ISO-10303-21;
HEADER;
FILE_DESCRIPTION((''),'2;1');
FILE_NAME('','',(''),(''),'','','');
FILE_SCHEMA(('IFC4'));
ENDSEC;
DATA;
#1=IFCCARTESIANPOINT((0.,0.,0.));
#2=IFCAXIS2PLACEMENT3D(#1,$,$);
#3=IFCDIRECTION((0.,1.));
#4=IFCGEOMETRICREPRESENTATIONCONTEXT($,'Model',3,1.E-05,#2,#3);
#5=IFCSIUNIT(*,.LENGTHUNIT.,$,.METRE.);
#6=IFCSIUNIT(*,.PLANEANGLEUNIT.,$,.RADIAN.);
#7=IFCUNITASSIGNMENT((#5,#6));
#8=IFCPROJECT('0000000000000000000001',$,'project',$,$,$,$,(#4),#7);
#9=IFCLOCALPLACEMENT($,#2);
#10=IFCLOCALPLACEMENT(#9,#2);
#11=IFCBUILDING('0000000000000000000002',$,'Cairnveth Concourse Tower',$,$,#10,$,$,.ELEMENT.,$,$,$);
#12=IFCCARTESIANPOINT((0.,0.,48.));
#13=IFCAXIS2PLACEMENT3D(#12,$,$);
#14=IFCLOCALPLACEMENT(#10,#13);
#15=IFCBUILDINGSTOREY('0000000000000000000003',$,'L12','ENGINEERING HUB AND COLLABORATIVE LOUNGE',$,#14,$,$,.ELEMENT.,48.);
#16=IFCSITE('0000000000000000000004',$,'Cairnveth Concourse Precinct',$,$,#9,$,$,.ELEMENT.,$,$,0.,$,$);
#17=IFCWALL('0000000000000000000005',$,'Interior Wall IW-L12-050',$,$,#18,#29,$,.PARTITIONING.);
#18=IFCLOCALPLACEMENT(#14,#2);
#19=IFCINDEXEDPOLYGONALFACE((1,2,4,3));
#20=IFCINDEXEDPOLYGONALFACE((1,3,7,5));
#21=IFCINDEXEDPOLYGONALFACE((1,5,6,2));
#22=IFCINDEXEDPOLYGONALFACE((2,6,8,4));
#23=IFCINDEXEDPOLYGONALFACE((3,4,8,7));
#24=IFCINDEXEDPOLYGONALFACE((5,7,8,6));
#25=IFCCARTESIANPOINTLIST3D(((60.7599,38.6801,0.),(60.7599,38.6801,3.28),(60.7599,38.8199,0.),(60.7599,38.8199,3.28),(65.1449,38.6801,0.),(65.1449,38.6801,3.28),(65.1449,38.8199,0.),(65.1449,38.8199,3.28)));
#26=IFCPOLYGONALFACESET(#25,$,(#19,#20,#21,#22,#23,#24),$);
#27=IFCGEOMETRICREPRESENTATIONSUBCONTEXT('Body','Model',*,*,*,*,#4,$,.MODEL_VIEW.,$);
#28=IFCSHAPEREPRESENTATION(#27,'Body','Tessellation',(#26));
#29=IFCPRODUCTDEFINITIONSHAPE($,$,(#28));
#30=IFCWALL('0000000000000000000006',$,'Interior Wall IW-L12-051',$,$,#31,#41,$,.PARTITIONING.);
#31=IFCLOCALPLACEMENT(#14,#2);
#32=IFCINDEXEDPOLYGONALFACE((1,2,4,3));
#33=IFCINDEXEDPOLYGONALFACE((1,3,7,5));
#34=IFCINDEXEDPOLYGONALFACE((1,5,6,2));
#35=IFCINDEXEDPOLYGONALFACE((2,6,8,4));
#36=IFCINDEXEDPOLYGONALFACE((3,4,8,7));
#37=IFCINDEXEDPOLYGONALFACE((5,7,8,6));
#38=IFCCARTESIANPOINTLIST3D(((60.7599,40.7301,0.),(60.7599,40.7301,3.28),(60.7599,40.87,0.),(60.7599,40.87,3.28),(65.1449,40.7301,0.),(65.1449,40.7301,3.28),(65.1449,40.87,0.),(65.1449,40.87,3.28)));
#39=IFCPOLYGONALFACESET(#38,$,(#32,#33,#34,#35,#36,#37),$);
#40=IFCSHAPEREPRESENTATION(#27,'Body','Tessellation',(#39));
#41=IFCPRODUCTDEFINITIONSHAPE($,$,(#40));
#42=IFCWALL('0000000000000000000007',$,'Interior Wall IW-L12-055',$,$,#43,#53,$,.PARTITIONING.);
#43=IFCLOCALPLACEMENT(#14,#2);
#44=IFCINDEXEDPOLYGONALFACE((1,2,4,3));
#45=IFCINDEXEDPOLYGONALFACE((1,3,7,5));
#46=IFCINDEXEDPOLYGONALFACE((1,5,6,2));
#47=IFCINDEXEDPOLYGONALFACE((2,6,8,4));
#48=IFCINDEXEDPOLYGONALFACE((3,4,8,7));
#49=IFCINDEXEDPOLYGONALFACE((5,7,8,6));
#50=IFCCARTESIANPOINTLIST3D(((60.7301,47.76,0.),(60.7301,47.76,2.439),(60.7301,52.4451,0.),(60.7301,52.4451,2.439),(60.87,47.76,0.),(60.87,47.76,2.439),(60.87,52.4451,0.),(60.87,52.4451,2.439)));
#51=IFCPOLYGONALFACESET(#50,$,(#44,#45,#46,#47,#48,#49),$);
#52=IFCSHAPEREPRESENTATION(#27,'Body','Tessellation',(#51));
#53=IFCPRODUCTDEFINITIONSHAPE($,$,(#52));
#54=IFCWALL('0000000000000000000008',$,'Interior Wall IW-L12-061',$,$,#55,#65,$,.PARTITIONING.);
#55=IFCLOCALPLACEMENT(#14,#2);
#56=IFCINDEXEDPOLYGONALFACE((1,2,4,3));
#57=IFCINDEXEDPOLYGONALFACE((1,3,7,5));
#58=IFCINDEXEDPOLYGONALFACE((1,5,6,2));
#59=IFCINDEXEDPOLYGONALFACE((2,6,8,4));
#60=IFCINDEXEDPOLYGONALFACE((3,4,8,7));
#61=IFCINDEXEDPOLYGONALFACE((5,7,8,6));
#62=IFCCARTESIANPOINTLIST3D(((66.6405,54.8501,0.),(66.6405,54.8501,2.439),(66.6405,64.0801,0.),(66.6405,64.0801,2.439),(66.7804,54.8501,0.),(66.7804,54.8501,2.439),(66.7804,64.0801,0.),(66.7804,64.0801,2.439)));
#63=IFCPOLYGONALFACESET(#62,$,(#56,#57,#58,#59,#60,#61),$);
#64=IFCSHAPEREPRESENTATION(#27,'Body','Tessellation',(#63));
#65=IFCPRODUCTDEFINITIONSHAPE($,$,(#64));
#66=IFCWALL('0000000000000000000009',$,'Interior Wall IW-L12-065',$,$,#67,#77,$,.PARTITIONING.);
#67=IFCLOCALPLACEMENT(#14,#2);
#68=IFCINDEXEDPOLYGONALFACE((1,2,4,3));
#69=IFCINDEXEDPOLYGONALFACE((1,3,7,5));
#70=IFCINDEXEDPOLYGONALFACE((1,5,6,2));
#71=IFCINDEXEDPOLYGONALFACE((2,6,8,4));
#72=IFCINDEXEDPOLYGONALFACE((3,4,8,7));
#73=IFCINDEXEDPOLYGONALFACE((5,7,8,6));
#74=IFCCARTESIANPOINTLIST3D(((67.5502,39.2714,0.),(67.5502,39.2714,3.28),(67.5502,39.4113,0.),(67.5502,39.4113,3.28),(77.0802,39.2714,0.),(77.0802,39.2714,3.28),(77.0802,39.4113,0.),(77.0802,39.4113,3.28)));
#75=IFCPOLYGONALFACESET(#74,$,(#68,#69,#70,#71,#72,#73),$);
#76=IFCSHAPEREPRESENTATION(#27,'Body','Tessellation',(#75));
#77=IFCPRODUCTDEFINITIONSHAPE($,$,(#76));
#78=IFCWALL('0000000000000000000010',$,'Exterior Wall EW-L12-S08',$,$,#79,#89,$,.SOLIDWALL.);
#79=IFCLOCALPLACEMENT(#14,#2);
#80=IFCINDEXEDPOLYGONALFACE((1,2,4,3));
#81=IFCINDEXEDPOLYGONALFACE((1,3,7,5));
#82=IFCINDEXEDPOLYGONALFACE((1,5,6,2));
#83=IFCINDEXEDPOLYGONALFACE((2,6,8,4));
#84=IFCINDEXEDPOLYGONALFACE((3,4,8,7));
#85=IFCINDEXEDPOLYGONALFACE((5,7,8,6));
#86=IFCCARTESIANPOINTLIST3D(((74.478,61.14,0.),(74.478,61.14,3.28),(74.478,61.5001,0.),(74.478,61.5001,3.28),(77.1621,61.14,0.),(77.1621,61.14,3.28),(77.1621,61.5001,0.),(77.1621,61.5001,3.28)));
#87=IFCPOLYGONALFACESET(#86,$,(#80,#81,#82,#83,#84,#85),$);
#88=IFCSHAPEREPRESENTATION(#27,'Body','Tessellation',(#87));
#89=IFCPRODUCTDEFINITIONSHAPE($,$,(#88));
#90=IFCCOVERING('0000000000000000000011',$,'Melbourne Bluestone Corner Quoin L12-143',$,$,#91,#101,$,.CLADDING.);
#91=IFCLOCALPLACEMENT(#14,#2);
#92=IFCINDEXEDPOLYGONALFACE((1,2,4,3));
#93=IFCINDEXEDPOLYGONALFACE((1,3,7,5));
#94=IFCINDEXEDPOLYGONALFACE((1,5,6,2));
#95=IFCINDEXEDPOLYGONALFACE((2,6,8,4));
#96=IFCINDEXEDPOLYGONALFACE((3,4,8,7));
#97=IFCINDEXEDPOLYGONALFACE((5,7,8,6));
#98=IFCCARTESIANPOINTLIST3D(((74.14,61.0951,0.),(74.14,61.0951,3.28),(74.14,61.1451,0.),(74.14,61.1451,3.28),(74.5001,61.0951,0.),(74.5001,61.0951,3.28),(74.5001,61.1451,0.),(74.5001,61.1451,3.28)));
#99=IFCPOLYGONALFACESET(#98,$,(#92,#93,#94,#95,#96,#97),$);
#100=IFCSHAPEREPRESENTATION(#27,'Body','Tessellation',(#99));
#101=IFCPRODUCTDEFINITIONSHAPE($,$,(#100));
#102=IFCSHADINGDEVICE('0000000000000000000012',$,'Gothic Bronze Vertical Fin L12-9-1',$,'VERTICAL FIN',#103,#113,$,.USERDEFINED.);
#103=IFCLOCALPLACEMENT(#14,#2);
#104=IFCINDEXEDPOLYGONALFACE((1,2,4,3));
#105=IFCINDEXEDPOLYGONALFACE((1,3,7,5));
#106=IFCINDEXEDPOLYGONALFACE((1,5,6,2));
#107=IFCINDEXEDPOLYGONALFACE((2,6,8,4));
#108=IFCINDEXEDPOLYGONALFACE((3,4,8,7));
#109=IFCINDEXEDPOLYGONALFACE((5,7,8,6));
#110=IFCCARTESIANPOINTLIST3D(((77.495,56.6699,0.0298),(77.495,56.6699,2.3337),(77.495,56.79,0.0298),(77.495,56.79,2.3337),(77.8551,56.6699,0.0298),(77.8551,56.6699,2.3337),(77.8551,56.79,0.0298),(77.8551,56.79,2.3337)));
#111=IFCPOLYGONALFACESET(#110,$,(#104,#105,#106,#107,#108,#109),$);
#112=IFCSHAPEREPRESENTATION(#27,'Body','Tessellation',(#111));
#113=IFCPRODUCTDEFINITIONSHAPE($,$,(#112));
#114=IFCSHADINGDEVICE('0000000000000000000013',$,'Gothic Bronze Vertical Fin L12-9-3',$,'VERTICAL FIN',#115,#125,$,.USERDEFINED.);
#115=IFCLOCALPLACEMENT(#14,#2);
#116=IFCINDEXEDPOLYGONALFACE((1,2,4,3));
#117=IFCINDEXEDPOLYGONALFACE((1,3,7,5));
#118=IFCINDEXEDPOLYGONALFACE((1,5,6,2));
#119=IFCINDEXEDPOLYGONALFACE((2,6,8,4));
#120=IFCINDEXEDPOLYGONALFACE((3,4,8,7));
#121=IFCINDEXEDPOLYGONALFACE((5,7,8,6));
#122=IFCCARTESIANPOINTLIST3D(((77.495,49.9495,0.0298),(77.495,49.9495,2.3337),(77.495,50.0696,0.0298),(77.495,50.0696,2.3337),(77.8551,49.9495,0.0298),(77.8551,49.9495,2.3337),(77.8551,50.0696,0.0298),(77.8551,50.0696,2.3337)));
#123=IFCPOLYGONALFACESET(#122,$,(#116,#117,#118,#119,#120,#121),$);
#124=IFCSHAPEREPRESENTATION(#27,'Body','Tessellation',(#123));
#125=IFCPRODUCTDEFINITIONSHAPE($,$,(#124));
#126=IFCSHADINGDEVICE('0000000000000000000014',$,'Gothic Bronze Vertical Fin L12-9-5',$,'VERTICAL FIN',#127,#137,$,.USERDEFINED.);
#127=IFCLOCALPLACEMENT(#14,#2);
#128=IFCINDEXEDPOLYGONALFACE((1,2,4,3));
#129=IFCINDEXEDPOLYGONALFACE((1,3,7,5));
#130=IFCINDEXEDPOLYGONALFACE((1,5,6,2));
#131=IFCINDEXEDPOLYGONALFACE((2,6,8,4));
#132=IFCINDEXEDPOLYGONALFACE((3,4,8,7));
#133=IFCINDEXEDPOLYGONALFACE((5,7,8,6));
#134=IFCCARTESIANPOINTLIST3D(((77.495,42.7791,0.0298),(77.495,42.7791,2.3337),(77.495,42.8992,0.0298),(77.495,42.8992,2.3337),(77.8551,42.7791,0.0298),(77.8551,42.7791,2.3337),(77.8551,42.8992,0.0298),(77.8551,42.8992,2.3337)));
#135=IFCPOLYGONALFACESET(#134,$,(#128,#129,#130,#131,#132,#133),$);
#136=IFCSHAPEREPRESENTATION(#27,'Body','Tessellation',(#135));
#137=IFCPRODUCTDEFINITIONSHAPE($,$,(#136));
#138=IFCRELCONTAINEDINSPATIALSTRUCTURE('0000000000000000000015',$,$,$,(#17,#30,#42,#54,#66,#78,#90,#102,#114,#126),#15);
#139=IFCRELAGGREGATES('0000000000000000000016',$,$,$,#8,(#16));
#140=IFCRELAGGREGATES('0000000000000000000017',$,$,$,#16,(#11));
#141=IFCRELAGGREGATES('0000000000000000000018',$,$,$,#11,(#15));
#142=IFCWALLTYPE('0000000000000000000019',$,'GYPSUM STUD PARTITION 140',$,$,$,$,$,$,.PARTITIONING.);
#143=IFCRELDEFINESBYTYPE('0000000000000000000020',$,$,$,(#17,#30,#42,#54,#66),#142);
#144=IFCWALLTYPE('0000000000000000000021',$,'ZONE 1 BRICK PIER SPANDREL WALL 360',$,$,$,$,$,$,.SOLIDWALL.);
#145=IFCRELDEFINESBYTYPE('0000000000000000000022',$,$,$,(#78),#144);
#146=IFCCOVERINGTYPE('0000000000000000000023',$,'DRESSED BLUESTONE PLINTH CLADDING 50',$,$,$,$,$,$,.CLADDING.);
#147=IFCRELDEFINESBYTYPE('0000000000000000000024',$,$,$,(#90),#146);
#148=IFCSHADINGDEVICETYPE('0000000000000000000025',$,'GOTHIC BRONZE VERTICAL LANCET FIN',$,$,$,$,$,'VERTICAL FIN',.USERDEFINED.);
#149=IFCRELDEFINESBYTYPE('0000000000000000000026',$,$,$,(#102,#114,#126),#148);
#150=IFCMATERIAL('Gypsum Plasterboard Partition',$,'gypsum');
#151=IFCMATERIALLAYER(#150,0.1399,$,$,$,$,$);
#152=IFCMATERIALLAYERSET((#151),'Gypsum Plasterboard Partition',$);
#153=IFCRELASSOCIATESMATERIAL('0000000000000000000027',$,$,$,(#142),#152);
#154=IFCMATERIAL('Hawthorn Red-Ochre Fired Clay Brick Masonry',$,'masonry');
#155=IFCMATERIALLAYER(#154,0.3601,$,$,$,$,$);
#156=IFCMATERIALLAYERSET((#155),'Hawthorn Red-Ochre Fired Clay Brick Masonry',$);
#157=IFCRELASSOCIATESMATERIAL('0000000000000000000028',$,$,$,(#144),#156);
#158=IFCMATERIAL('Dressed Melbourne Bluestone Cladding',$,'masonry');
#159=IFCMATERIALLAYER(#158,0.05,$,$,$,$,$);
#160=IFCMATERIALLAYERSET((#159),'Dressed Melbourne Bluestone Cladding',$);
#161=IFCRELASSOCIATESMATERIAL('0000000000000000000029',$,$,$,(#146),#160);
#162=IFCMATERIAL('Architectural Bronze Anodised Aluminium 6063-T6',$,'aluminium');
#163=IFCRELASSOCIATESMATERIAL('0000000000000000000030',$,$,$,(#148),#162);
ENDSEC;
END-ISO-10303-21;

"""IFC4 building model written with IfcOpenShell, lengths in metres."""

from ifc_helpers import new_model, si_unit, direction, frame, frame_2d, origin, origin_2d, place, context, subcontext, project, spatial, rectangle, extrude, material, layer, layer_set, type_object, element, save


model = new_model("IFC4")

# Units and contexts
model_context = context("Model", 3, precision=1e-05, world=origin(), true_north=direction((0.0, 1.0)))
body_context = subcontext(model_context, "Body", "Model", "MODEL_VIEW")
ifc_project = project(units=[si_unit("LENGTHUNIT", "METRE"), si_unit("PLANEANGLEUNIT", "RADIAN")], contexts=[model_context])

# Site, building, storey
site_placement = place(None, origin())
site = spatial("IfcSite", under=ifc_project, at=site_placement, Name="Cairnveth Concourse Precinct", CompositionType="ELEMENT", RefElevation=0.0)
building_placement = place(site_placement, origin())
building = spatial("IfcBuilding", under=site, at=building_placement, Name="Cairnveth Concourse Tower", CompositionType="ELEMENT")
storey_placement = place(building_placement, frame((0.0, 0.0, 48.0)))
storey = spatial("IfcBuildingStorey", under=building, at=storey_placement, Name="L12", Description="ENGINEERING HUB AND COLLABORATIVE LOUNGE", CompositionType="ELEMENT", Elevation=48.0)

# Shared definitions
ifc_material_1 = material(Name="Gypsum Plasterboard Partition", Category="gypsum")
ifc_layer_1 = layer(ifc_material_1, 0.1399)
ifc_layer_set_1 = layer_set([ifc_layer_1], Name="Gypsum Plasterboard Partition")
wall_type_1 = type_object("IfcWallType", Name="GYPSUM STUD PARTITION 140", PredefinedType="PARTITIONING", material=ifc_layer_set_1)

# Walls
for number, where, z_axis, x_axis, name in (
    (1, (60.76, 38.75, 0.0), (0.0, 0.0, 1.0), (1.0, 0.0, 0.0), "Interior Wall IW-L12-050"),
    (2, (60.76, 40.8, 0.0), (0.0, 0.0, 1.0), (1.0, 0.0, 0.0), "Interior Wall IW-L12-051"),
):
    element("IfcWall", number, at=place(storey_placement, frame(where, z_axis=z_axis, x_axis=x_axis)), inside=storey, type_object=wall_type_1, Name=name, PredefinedType="PARTITIONING", context=body_context, shape_type="SweptSolid", body=[
        extrude(rectangle(XDim=4.385, YDim=0.1399, at=frame_2d((2.1924, 0.0))), origin(), (0.0, 0.0, 1.0), 3.28),
    ])
wall_1_placement = place(storey_placement, frame((60.8, 47.76, 0.0), z_axis=(0.0, 0.0, 1.0), x_axis=(0.0, 1.0, 0.0)))
element("IfcWall", 3, at=wall_1_placement, inside=storey, type_object=wall_type_1, Name="Interior Wall IW-L12-055", PredefinedType="PARTITIONING", context=body_context, shape_type="SweptSolid", body=[
    extrude(rectangle(XDim=4.6851, YDim=0.1399, at=frame_2d((2.3425, 0.0))), origin(), (0.0, 0.0, 1.0), 2.439),
])
wall_2_placement = place(storey_placement, frame((66.7104, 54.8501, 0.0), z_axis=(0.0, 0.0, 1.0), x_axis=(0.0, 1.0, 0.0)))
element("IfcWall", 4, at=wall_2_placement, inside=storey, type_object=wall_type_1, Name="Interior Wall IW-L12-061", PredefinedType="PARTITIONING", context=body_context, shape_type="SweptSolid", body=[
    extrude(rectangle(XDim=9.23, YDim=0.1399, at=frame_2d((4.615, 0.0))), origin(), (0.0, 0.0, 1.0), 2.439),
])
wall_3_placement = place(storey_placement, frame((67.55, 39.3413, 0.0), z_axis=(0.0, 0.0, 1.0), x_axis=(1.0, 0.0, 0.0)))
element("IfcWall", 5, at=wall_3_placement, inside=storey, type_object=wall_type_1, Name="Interior Wall IW-L12-065", PredefinedType="PARTITIONING", context=body_context, shape_type="SweptSolid", body=[
    extrude(rectangle(XDim=9.53, YDim=0.1399, at=frame_2d((4.7651, 0.0))), origin(), (0.0, 0.0, 1.0), 3.28),
])
ifc_material_2 = material(Name="Hawthorn Red-Ochre Fired Clay Brick Masonry", Category="masonry")
ifc_layer_2 = layer(ifc_material_2, 0.3601)
ifc_layer_set_2 = layer_set([ifc_layer_2], Name="Hawthorn Red-Ochre Fired Clay Brick Masonry")
wall_type_2 = type_object("IfcWallType", Name="ZONE 1 BRICK PIER SPANDREL WALL 360", PredefinedType="SOLIDWALL", material=ifc_layer_set_2)
wall_4_placement = place(storey_placement, frame((74.478, 61.3201, 0.0), z_axis=(0.0, 0.0, 1.0), x_axis=(1.0, 0.0, 0.0)))
element("IfcWall", 6, at=wall_4_placement, inside=storey, type_object=wall_type_2, Name="Exterior Wall EW-L12-S08", PredefinedType="SOLIDWALL", context=body_context, shape_type="SweptSolid", body=[
    extrude(rectangle(XDim=2.6841, YDim=0.3601, at=frame_2d((1.342, 0.0))), origin(), (0.0, 0.0, 1.0), 3.28),
])

# Covering
ifc_material_3 = material(Name="Dressed Melbourne Bluestone Cladding", Category="masonry")
ifc_layer_3 = layer(ifc_material_3, 0.05)
ifc_layer_set_3 = layer_set([ifc_layer_3], Name="Dressed Melbourne Bluestone Cladding")
covering_type = type_object("IfcCoveringType", Name="DRESSED BLUESTONE PLINTH CLADDING 50", PredefinedType="CLADDING", material=ifc_layer_set_3)
covering_placement = place(storey_placement, frame((74.1399, 61.1201, 0.0), z_axis=(0.0, 0.0, 1.0), x_axis=(1.0, 0.0, 0.0)))
element("IfcCovering", 7, at=covering_placement, inside=storey, type_object=covering_type, Name="Melbourne Bluestone Corner Quoin L12-143", PredefinedType="CLADDING", context=body_context, shape_type="SweptSolid", body=[
    extrude(rectangle(XDim=0.3601, YDim=0.05, at=frame_2d((0.1802, 0.0))), origin(), (0.0, 0.0, 1.0), 3.28),
])

# Shading devices
ifc_material_4 = material(Name="Architectural Bronze Anodised Aluminium 6063-T6", Category="aluminium")
shading_device_type = type_object("IfcShadingDeviceType", Name="GOTHIC BRONZE VERTICAL LANCET FIN", ElementType="VERTICAL FIN", PredefinedType="USERDEFINED", material=ifc_material_4)
for number, where, z_axis, x_axis, name in (
    (8, (77.675, 56.73, 0.0298), (0.0, 0.0, 1.0), (0.0, 1.0, 0.0), "Gothic Bronze Vertical Fin L12-9-1"),
    (9, (77.675, 50.0095, 0.0298), (0.0, 0.0, 1.0), (0.0, 1.0, 0.0), "Gothic Bronze Vertical Fin L12-9-3"),
    (10, (77.675, 42.8391, 0.0298), (0.0, 0.0, 1.0), (0.0, 1.0, 0.0), "Gothic Bronze Vertical Fin L12-9-5"),
):
    element("IfcShadingDevice", number, at=place(storey_placement, frame(where, z_axis=z_axis, x_axis=x_axis)), inside=storey, type_object=shading_device_type, Name=name, ObjectType="VERTICAL FIN", PredefinedType="USERDEFINED", context=body_context, shape_type="SweptSolid", body=[
        extrude(rectangle(XDim=0.1201, YDim=0.3601, at=origin_2d()), origin(), (0.0, 0.0, 1.0), 2.304),
    ])

save(model, "model.ifc")
